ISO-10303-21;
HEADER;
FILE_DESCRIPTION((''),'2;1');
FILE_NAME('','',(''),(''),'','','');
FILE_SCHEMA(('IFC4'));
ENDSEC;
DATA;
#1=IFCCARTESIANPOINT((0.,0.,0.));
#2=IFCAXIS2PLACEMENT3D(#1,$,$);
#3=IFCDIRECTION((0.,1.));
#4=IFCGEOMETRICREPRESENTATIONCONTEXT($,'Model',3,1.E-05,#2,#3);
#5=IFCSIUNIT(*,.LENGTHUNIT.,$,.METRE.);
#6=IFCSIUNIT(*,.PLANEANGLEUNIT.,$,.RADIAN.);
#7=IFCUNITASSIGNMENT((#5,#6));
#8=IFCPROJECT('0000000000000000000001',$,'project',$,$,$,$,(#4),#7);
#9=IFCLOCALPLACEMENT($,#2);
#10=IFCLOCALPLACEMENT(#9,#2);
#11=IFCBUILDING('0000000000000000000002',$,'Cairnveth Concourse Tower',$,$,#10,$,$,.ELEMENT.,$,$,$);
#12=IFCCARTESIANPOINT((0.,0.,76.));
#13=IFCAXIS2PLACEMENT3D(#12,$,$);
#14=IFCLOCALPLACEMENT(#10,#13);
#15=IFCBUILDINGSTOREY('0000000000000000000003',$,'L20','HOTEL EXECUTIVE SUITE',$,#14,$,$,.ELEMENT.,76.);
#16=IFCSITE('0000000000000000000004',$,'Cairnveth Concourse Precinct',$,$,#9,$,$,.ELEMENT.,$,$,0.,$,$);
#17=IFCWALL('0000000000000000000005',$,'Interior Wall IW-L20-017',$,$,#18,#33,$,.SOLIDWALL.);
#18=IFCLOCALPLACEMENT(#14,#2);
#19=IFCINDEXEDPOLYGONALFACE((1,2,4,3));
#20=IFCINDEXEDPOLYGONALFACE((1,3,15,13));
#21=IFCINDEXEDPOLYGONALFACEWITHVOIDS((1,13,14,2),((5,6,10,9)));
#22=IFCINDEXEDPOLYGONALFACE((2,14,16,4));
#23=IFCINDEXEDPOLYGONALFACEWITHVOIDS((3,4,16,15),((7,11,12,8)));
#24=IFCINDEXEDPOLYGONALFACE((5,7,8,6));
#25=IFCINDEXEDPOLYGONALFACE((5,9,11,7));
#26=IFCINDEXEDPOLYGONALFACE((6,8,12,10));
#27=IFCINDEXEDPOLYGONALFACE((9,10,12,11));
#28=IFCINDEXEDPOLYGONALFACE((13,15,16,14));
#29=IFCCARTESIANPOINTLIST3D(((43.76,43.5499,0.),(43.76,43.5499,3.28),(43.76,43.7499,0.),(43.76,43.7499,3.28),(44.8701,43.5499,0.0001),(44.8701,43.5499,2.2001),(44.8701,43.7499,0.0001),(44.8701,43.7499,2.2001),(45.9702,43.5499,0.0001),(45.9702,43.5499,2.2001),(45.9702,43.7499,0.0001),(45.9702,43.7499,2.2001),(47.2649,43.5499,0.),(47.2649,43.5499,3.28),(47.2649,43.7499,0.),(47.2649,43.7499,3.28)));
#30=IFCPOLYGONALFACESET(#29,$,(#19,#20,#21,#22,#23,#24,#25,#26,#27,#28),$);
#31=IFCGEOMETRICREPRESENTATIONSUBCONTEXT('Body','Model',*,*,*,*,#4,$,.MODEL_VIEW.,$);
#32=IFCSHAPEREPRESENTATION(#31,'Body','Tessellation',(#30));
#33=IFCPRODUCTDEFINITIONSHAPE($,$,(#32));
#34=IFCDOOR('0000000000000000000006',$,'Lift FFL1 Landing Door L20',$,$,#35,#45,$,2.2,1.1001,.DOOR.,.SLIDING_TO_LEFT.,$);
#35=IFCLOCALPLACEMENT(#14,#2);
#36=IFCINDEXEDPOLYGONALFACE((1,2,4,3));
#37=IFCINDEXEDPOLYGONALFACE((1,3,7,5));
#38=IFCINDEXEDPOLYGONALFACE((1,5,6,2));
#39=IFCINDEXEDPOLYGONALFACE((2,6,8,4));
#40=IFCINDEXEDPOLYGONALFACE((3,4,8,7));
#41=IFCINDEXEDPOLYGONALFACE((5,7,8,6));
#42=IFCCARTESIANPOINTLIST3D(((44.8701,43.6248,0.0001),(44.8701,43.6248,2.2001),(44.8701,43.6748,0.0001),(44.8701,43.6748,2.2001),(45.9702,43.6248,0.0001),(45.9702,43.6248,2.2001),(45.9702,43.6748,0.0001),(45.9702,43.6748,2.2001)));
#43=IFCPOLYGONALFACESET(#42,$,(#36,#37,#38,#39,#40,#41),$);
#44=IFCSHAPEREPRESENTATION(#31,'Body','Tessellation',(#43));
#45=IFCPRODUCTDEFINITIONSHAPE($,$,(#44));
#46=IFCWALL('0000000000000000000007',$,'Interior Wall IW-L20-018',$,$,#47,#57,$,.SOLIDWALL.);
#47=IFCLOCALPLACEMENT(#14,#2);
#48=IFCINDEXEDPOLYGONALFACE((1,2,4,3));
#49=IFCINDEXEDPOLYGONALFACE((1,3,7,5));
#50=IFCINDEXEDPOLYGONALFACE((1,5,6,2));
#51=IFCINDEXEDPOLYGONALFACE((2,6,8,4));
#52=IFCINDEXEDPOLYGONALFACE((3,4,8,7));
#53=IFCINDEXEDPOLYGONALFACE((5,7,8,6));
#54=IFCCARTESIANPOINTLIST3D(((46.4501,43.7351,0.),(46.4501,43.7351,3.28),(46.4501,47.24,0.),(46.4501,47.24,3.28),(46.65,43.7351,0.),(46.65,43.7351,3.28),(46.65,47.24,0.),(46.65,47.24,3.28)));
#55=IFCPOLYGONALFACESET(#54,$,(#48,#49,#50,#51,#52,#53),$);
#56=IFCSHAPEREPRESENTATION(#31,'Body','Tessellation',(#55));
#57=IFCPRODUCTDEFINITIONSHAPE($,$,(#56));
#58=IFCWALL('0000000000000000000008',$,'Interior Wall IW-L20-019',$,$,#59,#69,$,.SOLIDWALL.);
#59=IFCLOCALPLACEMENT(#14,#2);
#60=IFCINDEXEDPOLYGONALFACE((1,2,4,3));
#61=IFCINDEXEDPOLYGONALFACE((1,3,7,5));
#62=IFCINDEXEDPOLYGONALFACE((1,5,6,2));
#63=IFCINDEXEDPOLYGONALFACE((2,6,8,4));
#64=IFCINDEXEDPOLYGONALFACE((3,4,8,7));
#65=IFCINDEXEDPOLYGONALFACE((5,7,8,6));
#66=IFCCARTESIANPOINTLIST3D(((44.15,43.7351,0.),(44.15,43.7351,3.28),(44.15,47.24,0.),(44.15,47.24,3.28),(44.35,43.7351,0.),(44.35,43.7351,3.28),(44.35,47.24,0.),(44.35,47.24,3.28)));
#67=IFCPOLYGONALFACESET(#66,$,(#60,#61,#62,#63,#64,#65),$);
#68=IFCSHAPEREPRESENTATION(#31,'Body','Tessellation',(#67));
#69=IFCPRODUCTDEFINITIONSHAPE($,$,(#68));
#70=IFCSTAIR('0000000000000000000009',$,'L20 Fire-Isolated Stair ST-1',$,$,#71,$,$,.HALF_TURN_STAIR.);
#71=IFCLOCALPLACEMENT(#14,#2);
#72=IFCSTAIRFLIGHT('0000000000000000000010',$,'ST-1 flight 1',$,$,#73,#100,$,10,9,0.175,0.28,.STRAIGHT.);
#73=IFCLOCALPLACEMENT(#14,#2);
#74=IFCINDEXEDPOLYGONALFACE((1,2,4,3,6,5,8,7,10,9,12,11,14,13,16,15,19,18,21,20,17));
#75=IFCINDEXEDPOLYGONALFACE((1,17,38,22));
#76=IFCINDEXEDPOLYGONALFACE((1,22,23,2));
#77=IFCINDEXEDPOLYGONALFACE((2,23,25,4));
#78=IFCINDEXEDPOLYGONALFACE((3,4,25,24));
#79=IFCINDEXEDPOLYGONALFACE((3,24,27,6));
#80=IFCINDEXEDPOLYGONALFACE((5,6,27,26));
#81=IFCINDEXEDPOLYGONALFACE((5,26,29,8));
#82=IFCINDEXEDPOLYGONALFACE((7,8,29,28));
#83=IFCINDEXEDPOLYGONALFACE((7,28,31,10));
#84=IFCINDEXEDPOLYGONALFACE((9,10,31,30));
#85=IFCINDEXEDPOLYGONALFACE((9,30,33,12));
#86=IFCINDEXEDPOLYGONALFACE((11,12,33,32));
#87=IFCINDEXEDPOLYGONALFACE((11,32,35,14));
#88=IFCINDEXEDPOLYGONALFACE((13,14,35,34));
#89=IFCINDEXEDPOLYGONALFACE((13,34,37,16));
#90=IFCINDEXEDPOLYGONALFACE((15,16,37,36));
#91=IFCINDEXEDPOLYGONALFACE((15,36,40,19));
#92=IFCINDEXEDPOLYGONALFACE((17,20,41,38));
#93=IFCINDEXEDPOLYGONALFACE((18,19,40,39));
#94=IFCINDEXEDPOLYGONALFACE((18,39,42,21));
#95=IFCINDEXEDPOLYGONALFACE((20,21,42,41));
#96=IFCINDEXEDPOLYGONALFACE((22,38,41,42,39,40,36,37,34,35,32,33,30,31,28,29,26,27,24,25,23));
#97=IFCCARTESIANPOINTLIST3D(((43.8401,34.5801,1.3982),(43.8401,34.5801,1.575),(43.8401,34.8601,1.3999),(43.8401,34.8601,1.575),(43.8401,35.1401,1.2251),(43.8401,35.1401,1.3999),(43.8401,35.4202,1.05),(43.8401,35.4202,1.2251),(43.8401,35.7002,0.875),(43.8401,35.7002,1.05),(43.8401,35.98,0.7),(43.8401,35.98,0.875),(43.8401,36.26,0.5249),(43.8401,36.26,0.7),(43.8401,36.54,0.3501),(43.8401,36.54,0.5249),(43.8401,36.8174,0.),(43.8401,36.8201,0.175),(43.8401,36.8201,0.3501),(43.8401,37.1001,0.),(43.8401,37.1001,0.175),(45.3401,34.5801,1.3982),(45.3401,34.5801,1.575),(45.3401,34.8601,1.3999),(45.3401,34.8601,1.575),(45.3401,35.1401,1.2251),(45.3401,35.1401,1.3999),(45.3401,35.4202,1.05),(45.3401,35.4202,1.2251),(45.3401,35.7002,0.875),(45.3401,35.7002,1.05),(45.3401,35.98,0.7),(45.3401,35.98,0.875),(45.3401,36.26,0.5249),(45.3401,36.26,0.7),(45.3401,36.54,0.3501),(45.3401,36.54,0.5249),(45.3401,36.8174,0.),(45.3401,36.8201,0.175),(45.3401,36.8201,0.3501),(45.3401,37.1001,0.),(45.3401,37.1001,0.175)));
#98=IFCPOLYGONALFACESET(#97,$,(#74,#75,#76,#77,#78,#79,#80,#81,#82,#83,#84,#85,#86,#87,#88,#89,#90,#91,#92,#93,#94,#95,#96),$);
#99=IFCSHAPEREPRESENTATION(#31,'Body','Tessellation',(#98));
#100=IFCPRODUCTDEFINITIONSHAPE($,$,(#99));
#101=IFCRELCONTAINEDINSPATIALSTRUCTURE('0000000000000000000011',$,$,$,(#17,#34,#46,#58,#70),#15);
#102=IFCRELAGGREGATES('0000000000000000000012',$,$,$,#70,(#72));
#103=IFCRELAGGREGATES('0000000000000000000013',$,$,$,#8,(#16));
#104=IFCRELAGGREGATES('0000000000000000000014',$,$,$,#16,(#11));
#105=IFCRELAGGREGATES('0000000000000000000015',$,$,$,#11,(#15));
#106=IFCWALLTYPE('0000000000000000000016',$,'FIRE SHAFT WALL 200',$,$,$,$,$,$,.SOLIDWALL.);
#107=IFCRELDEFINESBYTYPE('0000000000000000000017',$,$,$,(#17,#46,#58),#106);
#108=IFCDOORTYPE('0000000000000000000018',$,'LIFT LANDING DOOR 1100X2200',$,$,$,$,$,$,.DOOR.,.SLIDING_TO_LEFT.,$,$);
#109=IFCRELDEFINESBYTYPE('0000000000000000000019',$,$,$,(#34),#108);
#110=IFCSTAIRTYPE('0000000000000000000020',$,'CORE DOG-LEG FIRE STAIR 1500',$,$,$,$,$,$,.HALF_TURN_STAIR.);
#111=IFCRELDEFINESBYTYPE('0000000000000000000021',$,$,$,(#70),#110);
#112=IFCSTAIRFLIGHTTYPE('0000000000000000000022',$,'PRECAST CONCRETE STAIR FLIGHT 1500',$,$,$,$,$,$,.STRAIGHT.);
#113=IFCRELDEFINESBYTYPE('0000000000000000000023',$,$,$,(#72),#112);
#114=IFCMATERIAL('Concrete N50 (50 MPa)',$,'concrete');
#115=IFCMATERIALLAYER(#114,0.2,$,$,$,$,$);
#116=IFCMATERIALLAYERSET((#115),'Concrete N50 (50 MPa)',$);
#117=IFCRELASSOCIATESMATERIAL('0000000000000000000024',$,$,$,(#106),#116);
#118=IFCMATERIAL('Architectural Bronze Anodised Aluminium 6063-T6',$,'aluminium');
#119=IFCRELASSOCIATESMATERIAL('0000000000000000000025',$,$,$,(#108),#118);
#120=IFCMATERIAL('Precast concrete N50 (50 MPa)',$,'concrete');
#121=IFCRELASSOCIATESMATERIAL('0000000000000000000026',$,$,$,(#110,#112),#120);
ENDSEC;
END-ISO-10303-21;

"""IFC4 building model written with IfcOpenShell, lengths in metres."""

from ifc_helpers import new_model, si_unit, direction, frame, frame_2d, origin, place, context, subcontext, project, spatial, polyline, rectangle, outline, extrude, material, layer, layer_set, type_object, element, fill, aggregate, save


model = new_model("IFC4")

# Units and contexts
model_context = context("Model", 3, precision=1e-05, world=origin(), true_north=direction((0.0, 1.0)))
body_context = subcontext(model_context, "Body", "Model", "MODEL_VIEW")
ifc_project = project(units=[si_unit("LENGTHUNIT", "METRE"), si_unit("PLANEANGLEUNIT", "RADIAN")], contexts=[model_context])

# Site, building, storey
site_placement = place(None, origin())
site = spatial("IfcSite", under=ifc_project, at=site_placement, Name="Cairnveth Concourse Precinct", CompositionType="ELEMENT", RefElevation=0.0)
building_placement = place(site_placement, origin())
building = spatial("IfcBuilding", under=site, at=building_placement, Name="Cairnveth Concourse Tower", CompositionType="ELEMENT")
storey_placement = place(building_placement, frame((0.0, 0.0, 76.0)))
storey = spatial("IfcBuildingStorey", under=building, at=storey_placement, Name="L20", Description="HOTEL EXECUTIVE SUITE", CompositionType="ELEMENT", Elevation=76.0)

# Shared definitions
ifc_material_1 = material(Name="Concrete N50 (50 MPa)", Category="concrete")

# Shared definitions
ifc_layer_1 = layer(ifc_material_1, 0.2)
ifc_layer_set_1 = layer_set([ifc_layer_1], Name="Concrete N50 (50 MPa)")
wall_type_1 = type_object("IfcWallType", Name="FIRE SHAFT WALL 200", PredefinedType="SOLIDWALL", material=ifc_layer_set_1)

# Wall, opening, door
wall_1_placement = place(storey_placement, frame((43.76, 43.6499, 0.0), z_axis=(0.0, 0.0, 1.0), x_axis=(1.0, 0.0, 0.0)))
wall_1 = element("IfcWall", 1, at=wall_1_placement, inside=storey, type_object=wall_type_1, Name="Interior Wall IW-L20-017", PredefinedType="SOLIDWALL", context=body_context, shape_type="SweptSolid", body=[
    extrude(rectangle(XDim=3.5049, YDim=0.2, at=frame_2d((1.7524, 0.0))), origin(), (0.0, 0.0, 1.0), 3.28),
])
opening_1_placement = place(wall_1_placement, frame((1.1101, 0.0, 0.0)))
opening_1 = element("IfcOpeningElement", 2, at=opening_1_placement, cuts=wall_1, PredefinedType="OPENING", context=body_context, shape_type="SweptSolid", body=[
    extrude(rectangle(XDim=1.1001, YDim=2.2, at=frame_2d((0.55, 1.1001))), frame((0.0, 0.1099, 0.0), z_axis=(0.0, -1.0, 0.0), x_axis=(1.0, 0.0, 0.0)), (0.0, 0.0, 1.0), 0.22),
])
ifc_material_2 = material(Name="Architectural Bronze Anodised Aluminium 6063-T6", Category="aluminium")
door_type_1 = type_object("IfcDoorType", Name="LIFT LANDING DOOR 1100X2200", OperationType="SLIDING_TO_LEFT", PredefinedType="DOOR", material=ifc_material_2)
door_1_placement = place(opening_1_placement, origin())
door_1 = element("IfcDoor", 3, at=door_1_placement, inside=storey, type_object=door_type_1, Name="Lift FFL1 Landing Door L20", OperationType="SLIDING_TO_LEFT", OverallHeight=2.2, OverallWidth=1.1001, PredefinedType="DOOR", context=body_context, shape_type="SweptSolid", body=[
    extrude(rectangle(XDim=1.1001, YDim=2.2, at=frame_2d((0.55, 1.1001))), frame((0.0, 0.0249, 0.0), z_axis=(0.0, -1.0, 0.0), x_axis=(1.0, 0.0, 0.0)), (0.0, 0.0, 1.0), 0.05),
])
fill(opening_1, door_1)

# Walls
for number, where, z_axis, x_axis, name in (
    (4, (46.55, 43.7351, 0.0), (0.0, 0.0, 1.0), (0.0, 1.0, 0.0), "Interior Wall IW-L20-018"),
    (5, (44.25, 43.7351, 0.0), (0.0, 0.0, 1.0), (0.0, 1.0, 0.0), "Interior Wall IW-L20-019"),
):
    element("IfcWall", number, at=place(storey_placement, frame(where, z_axis=z_axis, x_axis=x_axis)), inside=storey, type_object=wall_type_1, Name=name, PredefinedType="SOLIDWALL", context=body_context, shape_type="SweptSolid", body=[
        extrude(rectangle(XDim=3.5049, YDim=0.2, at=frame_2d((1.7524, 0.0))), origin(), (0.0, 0.0, 1.0), 3.28),
    ])

# Stair, stair flight
ifc_material_3 = material(Name="Precast concrete N50 (50 MPa)", Category="concrete")
stair_type = type_object("IfcStairType", Name="CORE DOG-LEG FIRE STAIR 1500", PredefinedType="HALF_TURN_STAIR", material=ifc_material_3)
stair_placement = place(storey_placement, origin())
stair = element("IfcStair", 6, at=stair_placement, inside=storey, type_object=stair_type, Name="L20 Fire-Isolated Stair ST-1", PredefinedType="HALF_TURN_STAIR")
stair_flight_type = type_object("IfcStairFlightType", Name="PRECAST CONCRETE STAIR FLIGHT 1500", PredefinedType="STRAIGHT", material=ifc_material_3)
stair_flight_placement = place(storey_placement, frame((44.5901, 37.1001, 0.0), z_axis=(0.0, 0.0, 1.0), x_axis=(0.0, -1.0, 0.0)))
stair_flight = element("IfcStairFlight", 7, at=stair_flight_placement, type_object=stair_flight_type, Name="ST-1 flight 1", NumberOfRisers=10, NumberOfTreads=9, PredefinedType="STRAIGHT", RiserHeight=0.175, TreadLength=0.28, context=body_context, shape_type="SweptSolid", body=[
    extrude(outline(polyline([(0.0, 0.0), (0.0, 0.175), (0.28, 0.175), (0.28, 0.3501), (0.5601, 0.3501), (0.5601, 0.5249), (0.8401, 0.5249), (0.8401, 0.7), (1.1201, 0.7), (1.1201, 0.875), (1.3999, 0.875), (1.3999, 1.05), (1.6799, 1.05), (1.6799, 1.2251), (1.96, 1.2251), (1.96, 1.3999), (2.24, 1.3999), (2.24, 1.575), (2.52, 1.575), (2.52, 1.75), (2.52, 1.3982), (0.2827, 0.0), (0.0, 0.0)])), frame((0.0, 0.75, 0.0), z_axis=(0.0, -1.0, 0.0), x_axis=(1.0, 0.0, 0.0)), (0.0, 0.0, 1.0), 1.5),
])
aggregate(stair, [stair_flight])

save(model, "model.ifc")
